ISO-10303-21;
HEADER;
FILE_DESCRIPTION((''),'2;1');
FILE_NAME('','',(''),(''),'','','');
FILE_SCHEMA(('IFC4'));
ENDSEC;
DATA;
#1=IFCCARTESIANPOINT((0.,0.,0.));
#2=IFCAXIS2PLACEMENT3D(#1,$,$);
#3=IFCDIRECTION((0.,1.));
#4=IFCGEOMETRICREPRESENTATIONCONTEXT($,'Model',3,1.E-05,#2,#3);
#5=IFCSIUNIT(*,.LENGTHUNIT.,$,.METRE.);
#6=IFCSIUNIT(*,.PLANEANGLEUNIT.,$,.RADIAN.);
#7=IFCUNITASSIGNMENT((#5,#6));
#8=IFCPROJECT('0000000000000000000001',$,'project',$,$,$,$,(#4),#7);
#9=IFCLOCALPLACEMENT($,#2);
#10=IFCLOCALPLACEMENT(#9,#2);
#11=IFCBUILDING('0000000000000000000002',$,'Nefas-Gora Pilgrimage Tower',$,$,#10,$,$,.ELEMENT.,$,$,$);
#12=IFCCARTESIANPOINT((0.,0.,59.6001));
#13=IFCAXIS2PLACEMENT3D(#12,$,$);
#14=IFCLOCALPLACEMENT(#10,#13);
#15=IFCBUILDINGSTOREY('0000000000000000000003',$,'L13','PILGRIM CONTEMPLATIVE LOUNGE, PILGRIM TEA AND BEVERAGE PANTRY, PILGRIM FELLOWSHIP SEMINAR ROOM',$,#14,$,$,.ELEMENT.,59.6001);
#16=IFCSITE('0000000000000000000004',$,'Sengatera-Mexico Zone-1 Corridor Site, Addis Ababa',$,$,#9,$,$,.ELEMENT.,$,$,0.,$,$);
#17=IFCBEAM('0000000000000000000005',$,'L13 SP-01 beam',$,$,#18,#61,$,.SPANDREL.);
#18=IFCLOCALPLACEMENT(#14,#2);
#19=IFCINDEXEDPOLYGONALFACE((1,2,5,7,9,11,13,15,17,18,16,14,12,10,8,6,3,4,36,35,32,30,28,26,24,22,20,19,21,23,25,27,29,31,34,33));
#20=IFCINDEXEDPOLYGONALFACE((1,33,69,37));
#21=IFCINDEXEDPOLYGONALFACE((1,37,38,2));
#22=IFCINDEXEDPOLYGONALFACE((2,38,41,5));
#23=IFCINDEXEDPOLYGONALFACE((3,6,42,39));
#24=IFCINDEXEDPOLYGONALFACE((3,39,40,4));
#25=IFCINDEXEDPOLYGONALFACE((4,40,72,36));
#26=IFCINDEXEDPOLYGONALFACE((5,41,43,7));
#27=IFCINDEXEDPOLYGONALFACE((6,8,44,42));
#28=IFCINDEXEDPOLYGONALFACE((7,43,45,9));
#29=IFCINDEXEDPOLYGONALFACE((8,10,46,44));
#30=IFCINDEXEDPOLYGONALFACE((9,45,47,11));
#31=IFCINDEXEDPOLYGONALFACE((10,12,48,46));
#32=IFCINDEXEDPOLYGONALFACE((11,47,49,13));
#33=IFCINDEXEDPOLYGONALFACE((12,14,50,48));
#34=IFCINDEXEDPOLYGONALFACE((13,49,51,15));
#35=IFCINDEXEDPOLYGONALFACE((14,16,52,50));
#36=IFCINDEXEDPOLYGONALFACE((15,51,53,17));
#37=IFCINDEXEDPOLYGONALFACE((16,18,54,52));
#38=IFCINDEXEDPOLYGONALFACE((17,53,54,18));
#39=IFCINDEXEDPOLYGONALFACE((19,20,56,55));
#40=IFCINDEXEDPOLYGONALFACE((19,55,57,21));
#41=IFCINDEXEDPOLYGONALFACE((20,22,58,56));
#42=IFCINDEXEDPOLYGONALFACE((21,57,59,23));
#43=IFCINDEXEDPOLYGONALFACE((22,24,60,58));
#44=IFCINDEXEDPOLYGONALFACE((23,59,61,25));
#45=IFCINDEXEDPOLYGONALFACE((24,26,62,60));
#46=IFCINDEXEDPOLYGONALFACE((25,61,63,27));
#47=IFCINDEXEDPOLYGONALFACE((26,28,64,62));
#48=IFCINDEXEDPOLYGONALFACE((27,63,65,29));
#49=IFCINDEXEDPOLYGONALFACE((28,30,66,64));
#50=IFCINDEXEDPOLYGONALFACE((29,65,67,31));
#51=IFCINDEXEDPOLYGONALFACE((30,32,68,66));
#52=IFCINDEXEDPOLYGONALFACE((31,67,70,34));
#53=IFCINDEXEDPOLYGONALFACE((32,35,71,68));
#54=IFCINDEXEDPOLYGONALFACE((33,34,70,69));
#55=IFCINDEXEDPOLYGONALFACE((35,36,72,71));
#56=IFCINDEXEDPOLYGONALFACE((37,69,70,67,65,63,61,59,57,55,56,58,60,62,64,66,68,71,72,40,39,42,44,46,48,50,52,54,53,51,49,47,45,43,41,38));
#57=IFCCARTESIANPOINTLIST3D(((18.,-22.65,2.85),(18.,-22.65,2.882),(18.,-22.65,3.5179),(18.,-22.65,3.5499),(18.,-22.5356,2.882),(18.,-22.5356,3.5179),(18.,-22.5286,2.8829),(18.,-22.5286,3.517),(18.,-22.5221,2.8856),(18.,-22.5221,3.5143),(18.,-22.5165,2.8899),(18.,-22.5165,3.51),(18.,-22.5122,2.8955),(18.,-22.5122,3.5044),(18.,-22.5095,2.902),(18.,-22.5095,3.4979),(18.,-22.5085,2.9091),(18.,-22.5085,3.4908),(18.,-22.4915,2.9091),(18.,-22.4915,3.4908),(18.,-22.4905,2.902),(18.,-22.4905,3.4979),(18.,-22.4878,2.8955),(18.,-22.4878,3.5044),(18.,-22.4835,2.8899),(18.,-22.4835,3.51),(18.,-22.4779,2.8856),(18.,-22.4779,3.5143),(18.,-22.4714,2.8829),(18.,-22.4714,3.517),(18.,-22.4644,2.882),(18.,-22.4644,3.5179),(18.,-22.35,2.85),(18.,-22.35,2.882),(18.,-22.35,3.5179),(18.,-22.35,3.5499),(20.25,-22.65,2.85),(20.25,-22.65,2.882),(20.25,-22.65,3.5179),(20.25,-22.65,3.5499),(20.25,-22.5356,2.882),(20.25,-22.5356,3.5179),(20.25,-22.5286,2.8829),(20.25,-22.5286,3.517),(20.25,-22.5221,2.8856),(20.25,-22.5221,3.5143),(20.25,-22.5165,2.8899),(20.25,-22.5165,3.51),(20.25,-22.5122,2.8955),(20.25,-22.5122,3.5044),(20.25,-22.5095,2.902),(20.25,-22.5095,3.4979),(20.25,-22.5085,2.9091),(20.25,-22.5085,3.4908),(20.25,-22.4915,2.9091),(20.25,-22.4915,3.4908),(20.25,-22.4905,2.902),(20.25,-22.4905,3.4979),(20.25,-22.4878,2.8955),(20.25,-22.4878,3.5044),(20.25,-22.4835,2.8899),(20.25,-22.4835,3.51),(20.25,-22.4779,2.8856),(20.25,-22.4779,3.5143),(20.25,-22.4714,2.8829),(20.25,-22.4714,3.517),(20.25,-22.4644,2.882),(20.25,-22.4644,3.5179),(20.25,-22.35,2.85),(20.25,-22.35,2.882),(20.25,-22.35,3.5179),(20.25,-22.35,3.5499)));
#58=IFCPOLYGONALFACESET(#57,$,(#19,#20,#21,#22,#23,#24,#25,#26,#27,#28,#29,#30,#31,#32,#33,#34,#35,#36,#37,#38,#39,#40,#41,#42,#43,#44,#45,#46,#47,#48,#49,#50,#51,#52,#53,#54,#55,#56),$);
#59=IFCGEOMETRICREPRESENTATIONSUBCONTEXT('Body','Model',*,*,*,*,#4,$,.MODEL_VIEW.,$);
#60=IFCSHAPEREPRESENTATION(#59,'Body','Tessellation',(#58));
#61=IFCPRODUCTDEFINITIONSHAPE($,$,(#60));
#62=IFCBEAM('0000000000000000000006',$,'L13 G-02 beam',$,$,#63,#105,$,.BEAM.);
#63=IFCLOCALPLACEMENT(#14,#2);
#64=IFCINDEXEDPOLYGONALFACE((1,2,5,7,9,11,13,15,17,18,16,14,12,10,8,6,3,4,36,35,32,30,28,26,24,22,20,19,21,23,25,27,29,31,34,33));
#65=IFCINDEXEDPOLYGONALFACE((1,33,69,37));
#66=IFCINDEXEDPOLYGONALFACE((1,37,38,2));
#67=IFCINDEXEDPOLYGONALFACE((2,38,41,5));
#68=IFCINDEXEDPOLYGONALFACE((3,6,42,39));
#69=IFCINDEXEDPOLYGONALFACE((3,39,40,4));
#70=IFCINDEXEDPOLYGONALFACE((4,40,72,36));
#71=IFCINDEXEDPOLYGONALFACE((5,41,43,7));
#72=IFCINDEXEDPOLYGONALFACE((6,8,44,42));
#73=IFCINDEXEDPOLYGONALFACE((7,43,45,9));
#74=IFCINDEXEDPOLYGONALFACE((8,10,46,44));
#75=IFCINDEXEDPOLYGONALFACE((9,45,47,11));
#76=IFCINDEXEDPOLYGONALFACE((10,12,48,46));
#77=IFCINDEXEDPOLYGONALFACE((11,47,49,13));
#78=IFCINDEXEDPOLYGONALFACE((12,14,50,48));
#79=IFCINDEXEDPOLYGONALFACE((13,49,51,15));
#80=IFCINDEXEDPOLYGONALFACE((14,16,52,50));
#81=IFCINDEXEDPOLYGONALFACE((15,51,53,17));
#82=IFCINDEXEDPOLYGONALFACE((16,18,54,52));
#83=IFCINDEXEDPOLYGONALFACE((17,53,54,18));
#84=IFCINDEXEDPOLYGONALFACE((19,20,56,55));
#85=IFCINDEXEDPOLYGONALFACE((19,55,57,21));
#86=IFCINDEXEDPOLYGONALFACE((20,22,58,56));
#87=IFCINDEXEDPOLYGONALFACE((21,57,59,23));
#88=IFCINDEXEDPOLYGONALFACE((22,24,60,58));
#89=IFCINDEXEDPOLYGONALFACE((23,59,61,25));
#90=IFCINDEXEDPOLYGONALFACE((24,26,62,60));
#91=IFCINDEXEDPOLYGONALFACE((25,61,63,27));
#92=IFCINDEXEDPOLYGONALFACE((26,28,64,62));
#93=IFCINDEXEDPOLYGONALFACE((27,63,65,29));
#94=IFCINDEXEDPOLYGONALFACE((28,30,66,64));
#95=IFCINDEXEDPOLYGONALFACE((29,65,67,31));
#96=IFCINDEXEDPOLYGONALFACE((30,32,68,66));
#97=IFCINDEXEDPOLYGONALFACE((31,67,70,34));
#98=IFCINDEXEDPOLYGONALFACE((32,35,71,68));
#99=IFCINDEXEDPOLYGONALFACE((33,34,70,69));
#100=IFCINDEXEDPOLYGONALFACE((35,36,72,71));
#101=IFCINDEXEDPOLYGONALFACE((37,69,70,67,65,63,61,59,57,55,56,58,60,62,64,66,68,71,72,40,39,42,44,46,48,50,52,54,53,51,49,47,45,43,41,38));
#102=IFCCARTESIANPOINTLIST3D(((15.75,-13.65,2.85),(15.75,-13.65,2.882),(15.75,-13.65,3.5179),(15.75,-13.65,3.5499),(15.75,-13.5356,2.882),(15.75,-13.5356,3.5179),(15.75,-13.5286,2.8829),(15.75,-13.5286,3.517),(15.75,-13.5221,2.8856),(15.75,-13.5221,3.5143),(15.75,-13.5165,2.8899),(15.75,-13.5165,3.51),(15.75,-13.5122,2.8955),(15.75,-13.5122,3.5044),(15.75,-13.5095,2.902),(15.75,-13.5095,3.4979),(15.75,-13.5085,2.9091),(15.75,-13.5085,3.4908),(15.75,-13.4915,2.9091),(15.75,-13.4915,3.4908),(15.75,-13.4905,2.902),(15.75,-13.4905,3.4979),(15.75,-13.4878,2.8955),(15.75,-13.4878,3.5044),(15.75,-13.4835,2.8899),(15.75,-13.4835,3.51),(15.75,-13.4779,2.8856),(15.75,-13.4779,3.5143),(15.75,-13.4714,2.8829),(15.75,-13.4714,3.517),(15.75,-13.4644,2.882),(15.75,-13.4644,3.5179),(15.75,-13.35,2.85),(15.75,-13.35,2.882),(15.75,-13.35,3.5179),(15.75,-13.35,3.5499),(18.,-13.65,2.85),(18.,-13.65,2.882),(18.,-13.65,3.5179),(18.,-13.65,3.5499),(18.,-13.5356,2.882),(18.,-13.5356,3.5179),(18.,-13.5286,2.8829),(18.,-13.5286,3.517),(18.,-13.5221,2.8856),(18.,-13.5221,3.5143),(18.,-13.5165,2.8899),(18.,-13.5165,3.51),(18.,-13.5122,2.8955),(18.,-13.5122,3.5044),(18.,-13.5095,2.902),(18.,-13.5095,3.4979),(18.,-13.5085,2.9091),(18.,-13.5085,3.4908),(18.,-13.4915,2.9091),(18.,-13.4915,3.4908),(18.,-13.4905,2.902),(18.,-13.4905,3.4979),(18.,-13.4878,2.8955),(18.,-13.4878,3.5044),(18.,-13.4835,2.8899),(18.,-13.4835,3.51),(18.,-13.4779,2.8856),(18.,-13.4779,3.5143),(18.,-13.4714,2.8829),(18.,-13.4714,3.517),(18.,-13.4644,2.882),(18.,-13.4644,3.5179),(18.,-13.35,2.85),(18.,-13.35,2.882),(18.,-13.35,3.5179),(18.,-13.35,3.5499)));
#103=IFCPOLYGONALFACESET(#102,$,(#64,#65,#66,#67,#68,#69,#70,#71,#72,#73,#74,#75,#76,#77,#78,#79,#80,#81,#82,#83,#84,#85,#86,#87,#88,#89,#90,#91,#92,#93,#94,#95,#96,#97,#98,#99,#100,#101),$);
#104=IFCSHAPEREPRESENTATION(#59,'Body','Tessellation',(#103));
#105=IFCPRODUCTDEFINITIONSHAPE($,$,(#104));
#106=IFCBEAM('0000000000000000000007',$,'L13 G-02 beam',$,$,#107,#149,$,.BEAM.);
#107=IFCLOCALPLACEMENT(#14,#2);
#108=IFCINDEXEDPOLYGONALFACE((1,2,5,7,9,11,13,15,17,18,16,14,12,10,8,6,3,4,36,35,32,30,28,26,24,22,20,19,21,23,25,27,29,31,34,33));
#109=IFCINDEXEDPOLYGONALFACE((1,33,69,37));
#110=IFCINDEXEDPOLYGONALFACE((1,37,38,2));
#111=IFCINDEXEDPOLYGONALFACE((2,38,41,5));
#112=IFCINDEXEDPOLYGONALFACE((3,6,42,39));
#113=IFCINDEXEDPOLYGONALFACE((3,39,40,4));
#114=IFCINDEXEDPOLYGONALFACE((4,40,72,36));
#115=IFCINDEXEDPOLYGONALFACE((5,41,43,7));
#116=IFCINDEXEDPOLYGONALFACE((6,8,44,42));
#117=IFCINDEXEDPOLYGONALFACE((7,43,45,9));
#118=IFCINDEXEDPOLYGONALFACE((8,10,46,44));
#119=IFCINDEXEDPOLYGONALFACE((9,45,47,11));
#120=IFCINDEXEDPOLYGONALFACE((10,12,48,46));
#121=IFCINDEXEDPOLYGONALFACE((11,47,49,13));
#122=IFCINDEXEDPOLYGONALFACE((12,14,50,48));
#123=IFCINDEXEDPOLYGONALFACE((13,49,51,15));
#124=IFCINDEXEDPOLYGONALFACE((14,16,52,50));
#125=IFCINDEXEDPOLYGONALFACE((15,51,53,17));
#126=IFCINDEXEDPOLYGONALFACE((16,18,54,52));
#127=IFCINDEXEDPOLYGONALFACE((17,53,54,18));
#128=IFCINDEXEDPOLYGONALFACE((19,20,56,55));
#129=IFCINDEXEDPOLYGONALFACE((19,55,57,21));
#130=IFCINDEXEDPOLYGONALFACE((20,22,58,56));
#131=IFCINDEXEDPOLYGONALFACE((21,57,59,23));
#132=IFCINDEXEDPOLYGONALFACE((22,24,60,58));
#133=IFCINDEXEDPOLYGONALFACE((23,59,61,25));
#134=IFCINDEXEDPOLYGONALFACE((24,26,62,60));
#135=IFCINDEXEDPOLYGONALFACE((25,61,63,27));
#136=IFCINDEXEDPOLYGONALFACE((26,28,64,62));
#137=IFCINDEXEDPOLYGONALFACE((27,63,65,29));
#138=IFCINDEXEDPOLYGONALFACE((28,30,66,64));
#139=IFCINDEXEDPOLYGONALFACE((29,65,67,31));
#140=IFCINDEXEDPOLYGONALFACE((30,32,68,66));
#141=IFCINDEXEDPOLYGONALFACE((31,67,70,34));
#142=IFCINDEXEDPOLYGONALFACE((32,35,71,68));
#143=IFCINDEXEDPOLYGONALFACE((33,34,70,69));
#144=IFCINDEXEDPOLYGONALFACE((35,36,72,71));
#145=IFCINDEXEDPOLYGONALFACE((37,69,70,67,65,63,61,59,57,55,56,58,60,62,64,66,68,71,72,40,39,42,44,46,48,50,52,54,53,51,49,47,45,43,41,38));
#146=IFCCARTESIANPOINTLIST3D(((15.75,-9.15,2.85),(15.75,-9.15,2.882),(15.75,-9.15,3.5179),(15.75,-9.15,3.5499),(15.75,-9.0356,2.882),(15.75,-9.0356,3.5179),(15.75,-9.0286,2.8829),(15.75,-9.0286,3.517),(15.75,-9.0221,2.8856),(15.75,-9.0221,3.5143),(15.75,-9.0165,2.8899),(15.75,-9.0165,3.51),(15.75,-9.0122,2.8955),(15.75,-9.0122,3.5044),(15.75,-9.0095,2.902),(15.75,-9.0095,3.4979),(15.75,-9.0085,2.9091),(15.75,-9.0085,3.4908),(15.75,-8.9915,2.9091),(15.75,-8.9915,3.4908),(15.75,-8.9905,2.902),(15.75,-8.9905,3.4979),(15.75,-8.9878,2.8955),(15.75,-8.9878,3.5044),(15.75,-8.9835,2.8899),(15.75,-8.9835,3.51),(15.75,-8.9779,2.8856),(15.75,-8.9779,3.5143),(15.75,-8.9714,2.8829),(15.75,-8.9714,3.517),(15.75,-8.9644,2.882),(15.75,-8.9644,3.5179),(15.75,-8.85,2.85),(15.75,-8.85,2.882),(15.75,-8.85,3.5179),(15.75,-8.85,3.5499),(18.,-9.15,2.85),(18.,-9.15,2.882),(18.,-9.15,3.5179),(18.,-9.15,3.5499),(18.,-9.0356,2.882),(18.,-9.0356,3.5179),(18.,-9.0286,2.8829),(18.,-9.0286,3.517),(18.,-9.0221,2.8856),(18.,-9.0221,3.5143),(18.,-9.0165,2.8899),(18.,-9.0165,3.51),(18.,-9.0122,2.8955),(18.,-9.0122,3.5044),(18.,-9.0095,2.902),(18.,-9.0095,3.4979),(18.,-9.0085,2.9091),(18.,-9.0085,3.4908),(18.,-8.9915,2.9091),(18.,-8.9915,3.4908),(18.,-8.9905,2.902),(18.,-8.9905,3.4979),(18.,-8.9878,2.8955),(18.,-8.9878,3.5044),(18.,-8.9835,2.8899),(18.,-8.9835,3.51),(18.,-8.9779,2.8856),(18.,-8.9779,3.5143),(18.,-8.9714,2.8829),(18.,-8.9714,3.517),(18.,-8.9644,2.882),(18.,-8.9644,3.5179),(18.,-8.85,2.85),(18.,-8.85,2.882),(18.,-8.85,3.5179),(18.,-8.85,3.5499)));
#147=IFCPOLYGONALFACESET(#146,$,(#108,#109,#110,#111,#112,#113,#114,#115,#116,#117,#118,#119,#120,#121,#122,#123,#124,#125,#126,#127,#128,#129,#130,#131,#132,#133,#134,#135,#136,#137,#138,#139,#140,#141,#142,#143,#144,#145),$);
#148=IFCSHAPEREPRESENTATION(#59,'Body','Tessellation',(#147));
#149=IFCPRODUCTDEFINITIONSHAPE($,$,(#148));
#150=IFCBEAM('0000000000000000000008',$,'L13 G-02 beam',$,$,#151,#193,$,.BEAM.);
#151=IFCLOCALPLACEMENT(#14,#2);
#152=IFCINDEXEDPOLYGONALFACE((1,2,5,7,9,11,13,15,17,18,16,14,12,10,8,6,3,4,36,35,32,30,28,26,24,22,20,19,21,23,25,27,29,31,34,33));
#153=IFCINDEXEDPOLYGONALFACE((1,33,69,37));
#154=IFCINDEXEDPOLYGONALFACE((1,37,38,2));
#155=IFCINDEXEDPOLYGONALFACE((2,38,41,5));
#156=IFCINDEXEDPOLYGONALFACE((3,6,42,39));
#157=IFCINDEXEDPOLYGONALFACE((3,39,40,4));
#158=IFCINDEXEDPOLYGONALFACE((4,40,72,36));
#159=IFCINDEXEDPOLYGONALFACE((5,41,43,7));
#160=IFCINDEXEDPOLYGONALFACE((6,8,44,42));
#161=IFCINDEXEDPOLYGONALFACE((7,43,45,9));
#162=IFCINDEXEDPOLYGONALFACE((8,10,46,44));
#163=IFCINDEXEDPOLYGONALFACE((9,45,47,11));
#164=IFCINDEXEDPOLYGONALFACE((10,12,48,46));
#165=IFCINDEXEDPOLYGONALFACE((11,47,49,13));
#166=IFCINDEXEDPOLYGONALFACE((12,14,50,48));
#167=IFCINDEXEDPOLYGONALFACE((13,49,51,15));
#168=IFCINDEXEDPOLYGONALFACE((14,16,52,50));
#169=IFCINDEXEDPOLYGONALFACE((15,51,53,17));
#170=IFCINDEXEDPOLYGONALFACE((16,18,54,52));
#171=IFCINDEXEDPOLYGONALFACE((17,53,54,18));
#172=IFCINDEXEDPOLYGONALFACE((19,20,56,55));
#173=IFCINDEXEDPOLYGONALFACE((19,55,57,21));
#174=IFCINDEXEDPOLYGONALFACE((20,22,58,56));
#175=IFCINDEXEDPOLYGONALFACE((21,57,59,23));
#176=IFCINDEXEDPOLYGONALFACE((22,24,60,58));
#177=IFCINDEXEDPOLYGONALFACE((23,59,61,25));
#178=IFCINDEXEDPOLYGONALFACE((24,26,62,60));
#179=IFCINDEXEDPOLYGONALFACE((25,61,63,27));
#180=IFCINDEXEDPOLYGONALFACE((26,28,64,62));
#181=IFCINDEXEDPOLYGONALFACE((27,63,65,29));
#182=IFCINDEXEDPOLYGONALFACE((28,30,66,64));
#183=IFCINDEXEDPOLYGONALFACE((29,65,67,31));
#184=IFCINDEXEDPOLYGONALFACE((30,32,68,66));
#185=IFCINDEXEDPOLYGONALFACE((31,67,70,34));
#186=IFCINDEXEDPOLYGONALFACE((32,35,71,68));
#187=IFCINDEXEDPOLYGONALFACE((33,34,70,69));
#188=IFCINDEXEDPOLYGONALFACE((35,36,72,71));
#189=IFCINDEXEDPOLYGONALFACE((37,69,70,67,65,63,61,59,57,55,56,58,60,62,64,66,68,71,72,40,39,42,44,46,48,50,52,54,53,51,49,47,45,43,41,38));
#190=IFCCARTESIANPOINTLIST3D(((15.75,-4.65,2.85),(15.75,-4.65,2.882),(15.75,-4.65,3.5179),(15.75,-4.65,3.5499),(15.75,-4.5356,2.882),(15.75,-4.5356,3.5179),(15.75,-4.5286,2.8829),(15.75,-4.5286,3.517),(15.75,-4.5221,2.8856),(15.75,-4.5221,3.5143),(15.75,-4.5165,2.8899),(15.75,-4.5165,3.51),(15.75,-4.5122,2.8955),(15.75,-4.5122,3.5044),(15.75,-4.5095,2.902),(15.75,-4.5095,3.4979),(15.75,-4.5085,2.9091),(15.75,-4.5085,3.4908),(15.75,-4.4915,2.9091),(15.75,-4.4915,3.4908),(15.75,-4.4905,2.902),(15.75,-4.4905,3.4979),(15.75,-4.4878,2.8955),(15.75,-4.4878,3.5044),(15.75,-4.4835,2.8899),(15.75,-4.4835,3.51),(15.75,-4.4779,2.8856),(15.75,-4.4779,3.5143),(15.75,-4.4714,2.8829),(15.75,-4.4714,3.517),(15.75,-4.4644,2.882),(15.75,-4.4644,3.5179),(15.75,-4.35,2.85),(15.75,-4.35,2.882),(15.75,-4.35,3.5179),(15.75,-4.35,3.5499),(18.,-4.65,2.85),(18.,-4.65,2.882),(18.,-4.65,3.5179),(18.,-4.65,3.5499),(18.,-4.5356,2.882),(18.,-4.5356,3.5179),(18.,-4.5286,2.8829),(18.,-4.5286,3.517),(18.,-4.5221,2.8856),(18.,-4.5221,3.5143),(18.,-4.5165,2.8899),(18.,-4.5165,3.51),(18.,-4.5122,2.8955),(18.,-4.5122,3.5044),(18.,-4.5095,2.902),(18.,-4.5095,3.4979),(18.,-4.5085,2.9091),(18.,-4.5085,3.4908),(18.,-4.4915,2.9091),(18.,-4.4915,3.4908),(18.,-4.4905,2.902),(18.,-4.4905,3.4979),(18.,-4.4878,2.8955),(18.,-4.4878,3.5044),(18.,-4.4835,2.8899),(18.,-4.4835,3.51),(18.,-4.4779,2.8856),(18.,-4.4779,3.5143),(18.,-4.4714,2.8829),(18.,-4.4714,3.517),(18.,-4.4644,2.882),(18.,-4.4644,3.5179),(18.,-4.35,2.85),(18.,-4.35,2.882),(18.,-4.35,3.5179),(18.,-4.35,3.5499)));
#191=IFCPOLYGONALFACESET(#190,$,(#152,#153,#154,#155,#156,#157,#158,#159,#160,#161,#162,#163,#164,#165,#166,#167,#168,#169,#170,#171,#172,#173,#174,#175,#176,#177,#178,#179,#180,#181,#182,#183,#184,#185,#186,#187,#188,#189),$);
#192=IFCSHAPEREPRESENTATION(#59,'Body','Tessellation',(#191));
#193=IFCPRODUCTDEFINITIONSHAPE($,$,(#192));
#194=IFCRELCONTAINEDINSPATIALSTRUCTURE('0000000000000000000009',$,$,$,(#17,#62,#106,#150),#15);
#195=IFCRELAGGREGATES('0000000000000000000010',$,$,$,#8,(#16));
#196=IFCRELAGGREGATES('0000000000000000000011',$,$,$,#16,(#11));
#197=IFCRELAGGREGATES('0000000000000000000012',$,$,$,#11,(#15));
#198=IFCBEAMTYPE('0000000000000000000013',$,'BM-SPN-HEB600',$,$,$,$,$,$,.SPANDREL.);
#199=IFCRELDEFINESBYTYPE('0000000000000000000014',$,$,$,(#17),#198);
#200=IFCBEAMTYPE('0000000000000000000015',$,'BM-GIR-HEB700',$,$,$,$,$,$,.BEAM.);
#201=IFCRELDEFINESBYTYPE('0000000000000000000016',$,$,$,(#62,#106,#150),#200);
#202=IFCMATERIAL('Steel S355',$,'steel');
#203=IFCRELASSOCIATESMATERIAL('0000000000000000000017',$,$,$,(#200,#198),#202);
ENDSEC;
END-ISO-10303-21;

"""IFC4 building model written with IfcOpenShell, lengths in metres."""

from ifc_helpers import new_model, si_unit, direction, frame, origin, origin_2d, place, context, subcontext, project, spatial, i_section, extrude, source, transform, mapped, material, material_profile, profile_set, type_object, element, save


model = new_model("IFC4")

# Units and contexts
model_context = context("Model", 3, precision=1e-05, world=origin(), true_north=direction((0.0, 1.0)))
body_context = subcontext(model_context, "Body", "Model", "MODEL_VIEW")
ifc_project = project(units=[si_unit("LENGTHUNIT", "METRE"), si_unit("PLANEANGLEUNIT", "RADIAN")], contexts=[model_context])

# Site, building, storey
site_placement = place(None, origin())
site = spatial("IfcSite", under=ifc_project, at=site_placement, Name="Sengatera-Mexico Zone-1 Corridor Site, Addis Ababa", CompositionType="ELEMENT", RefElevation=0.0)
building_placement = place(site_placement, origin())
building = spatial("IfcBuilding", under=site, at=building_placement, Name="Nefas-Gora Pilgrimage Tower", CompositionType="ELEMENT")
storey_placement = place(building_placement, frame((0.0, 0.0, 59.6001)))
storey = spatial("IfcBuildingStorey", under=building, at=storey_placement, Name="L13", Description="PILGRIM CONTEMPLATIVE LOUNGE, PILGRIM TEA AND BEVERAGE PANTRY, PILGRIM FELLOWSHIP SEMINAR ROOM", CompositionType="ELEMENT", Elevation=59.6001)

# Beams
ifc_material_1 = material(Name="Steel S355", Category="steel")
ifc_material_profile_1 = material_profile(ifc_material_1, i_section(OverallWidth=0.3, OverallDepth=0.7, WebThickness=0.0171, FlangeThickness=0.032, FilletRadius=0.0271, at=origin_2d()), Name="HEB 700")
ifc_profile_set_1 = profile_set([ifc_material_profile_1], Name="Steel S355")
beam_type_1 = type_object("IfcBeamType", Name="BM-GIR-HEB700", PredefinedType="BEAM", material=ifc_profile_set_1)
ifc_material_profile_2 = material_profile(ifc_material_1, i_section(OverallWidth=0.3, OverallDepth=0.7, WebThickness=0.0171, FlangeThickness=0.032, FilletRadius=0.0271, at=origin_2d()), Name="HEB 700")
ifc_profile_set_2 = profile_set([ifc_material_profile_2], Name="Steel S355")
beam_type_2 = type_object("IfcBeamType", Name="BM-SPN-HEB600", PredefinedType="SPANDREL", material=ifc_profile_set_2)
shared_shape_1 = source(origin(), body_context, "Body", "SweptSolid", [
    extrude(i_section(OverallWidth=0.3, OverallDepth=0.7, WebThickness=0.0171, FlangeThickness=0.032, FilletRadius=0.0271, at=origin_2d()), origin(), (0.0, 0.0, 1.0), 2.25),
])
for number, where, z_axis, x_axis, name in (
    (1, (18.0, -22.5, 3.2), (1.0, 0.0, 0.0), (0.0, 1.0, 0.0), "L13 SP-01 beam"),
):
    element("IfcBeam", number, at=place(storey_placement, frame(where, z_axis=z_axis, x_axis=x_axis)), inside=storey, type_object=beam_type_2, Name=name, PredefinedType="SPANDREL", context=body_context, shape_type="MappedRepresentation", body=[
        mapped(shared_shape_1, transform((0.0, 0.0, 0.0), x_axis=(1.0, 0.0, 0.0), y_axis=(0.0, 1.0, 0.0), z_axis=(0.0, 0.0, 1.0), scale=1.0)),
    ])
shared_shape_2 = source(origin(), body_context, "Body", "SweptSolid", [
    extrude(i_section(OverallWidth=0.3, OverallDepth=0.7, WebThickness=0.0171, FlangeThickness=0.032, FilletRadius=0.0271, at=origin_2d()), origin(), (0.0, 0.0, 1.0), 2.25),
])
for number, where, z_axis, x_axis, name in (
    (2, (15.75, -13.5, 3.2), (1.0, 0.0, 0.0), (0.0, 1.0, 0.0), "L13 G-02 beam"),
    (3, (15.75, -9.0, 3.2), (1.0, 0.0, 0.0), (0.0, 1.0, 0.0), "L13 G-02 beam"),
    (4, (15.75, -4.5, 3.2), (1.0, 0.0, 0.0), (0.0, 1.0, 0.0), "L13 G-02 beam"),
):
    element("IfcBeam", number, at=place(storey_placement, frame(where, z_axis=z_axis, x_axis=x_axis)), inside=storey, type_object=beam_type_1, Name=name, PredefinedType="BEAM", context=body_context, shape_type="MappedRepresentation", body=[
        mapped(shared_shape_2, transform((0.0, 0.0, 0.0), x_axis=(1.0, 0.0, 0.0), y_axis=(0.0, 1.0, 0.0), z_axis=(0.0, 0.0, 1.0), scale=1.0)),
    ])

save(model, "model.ifc")
